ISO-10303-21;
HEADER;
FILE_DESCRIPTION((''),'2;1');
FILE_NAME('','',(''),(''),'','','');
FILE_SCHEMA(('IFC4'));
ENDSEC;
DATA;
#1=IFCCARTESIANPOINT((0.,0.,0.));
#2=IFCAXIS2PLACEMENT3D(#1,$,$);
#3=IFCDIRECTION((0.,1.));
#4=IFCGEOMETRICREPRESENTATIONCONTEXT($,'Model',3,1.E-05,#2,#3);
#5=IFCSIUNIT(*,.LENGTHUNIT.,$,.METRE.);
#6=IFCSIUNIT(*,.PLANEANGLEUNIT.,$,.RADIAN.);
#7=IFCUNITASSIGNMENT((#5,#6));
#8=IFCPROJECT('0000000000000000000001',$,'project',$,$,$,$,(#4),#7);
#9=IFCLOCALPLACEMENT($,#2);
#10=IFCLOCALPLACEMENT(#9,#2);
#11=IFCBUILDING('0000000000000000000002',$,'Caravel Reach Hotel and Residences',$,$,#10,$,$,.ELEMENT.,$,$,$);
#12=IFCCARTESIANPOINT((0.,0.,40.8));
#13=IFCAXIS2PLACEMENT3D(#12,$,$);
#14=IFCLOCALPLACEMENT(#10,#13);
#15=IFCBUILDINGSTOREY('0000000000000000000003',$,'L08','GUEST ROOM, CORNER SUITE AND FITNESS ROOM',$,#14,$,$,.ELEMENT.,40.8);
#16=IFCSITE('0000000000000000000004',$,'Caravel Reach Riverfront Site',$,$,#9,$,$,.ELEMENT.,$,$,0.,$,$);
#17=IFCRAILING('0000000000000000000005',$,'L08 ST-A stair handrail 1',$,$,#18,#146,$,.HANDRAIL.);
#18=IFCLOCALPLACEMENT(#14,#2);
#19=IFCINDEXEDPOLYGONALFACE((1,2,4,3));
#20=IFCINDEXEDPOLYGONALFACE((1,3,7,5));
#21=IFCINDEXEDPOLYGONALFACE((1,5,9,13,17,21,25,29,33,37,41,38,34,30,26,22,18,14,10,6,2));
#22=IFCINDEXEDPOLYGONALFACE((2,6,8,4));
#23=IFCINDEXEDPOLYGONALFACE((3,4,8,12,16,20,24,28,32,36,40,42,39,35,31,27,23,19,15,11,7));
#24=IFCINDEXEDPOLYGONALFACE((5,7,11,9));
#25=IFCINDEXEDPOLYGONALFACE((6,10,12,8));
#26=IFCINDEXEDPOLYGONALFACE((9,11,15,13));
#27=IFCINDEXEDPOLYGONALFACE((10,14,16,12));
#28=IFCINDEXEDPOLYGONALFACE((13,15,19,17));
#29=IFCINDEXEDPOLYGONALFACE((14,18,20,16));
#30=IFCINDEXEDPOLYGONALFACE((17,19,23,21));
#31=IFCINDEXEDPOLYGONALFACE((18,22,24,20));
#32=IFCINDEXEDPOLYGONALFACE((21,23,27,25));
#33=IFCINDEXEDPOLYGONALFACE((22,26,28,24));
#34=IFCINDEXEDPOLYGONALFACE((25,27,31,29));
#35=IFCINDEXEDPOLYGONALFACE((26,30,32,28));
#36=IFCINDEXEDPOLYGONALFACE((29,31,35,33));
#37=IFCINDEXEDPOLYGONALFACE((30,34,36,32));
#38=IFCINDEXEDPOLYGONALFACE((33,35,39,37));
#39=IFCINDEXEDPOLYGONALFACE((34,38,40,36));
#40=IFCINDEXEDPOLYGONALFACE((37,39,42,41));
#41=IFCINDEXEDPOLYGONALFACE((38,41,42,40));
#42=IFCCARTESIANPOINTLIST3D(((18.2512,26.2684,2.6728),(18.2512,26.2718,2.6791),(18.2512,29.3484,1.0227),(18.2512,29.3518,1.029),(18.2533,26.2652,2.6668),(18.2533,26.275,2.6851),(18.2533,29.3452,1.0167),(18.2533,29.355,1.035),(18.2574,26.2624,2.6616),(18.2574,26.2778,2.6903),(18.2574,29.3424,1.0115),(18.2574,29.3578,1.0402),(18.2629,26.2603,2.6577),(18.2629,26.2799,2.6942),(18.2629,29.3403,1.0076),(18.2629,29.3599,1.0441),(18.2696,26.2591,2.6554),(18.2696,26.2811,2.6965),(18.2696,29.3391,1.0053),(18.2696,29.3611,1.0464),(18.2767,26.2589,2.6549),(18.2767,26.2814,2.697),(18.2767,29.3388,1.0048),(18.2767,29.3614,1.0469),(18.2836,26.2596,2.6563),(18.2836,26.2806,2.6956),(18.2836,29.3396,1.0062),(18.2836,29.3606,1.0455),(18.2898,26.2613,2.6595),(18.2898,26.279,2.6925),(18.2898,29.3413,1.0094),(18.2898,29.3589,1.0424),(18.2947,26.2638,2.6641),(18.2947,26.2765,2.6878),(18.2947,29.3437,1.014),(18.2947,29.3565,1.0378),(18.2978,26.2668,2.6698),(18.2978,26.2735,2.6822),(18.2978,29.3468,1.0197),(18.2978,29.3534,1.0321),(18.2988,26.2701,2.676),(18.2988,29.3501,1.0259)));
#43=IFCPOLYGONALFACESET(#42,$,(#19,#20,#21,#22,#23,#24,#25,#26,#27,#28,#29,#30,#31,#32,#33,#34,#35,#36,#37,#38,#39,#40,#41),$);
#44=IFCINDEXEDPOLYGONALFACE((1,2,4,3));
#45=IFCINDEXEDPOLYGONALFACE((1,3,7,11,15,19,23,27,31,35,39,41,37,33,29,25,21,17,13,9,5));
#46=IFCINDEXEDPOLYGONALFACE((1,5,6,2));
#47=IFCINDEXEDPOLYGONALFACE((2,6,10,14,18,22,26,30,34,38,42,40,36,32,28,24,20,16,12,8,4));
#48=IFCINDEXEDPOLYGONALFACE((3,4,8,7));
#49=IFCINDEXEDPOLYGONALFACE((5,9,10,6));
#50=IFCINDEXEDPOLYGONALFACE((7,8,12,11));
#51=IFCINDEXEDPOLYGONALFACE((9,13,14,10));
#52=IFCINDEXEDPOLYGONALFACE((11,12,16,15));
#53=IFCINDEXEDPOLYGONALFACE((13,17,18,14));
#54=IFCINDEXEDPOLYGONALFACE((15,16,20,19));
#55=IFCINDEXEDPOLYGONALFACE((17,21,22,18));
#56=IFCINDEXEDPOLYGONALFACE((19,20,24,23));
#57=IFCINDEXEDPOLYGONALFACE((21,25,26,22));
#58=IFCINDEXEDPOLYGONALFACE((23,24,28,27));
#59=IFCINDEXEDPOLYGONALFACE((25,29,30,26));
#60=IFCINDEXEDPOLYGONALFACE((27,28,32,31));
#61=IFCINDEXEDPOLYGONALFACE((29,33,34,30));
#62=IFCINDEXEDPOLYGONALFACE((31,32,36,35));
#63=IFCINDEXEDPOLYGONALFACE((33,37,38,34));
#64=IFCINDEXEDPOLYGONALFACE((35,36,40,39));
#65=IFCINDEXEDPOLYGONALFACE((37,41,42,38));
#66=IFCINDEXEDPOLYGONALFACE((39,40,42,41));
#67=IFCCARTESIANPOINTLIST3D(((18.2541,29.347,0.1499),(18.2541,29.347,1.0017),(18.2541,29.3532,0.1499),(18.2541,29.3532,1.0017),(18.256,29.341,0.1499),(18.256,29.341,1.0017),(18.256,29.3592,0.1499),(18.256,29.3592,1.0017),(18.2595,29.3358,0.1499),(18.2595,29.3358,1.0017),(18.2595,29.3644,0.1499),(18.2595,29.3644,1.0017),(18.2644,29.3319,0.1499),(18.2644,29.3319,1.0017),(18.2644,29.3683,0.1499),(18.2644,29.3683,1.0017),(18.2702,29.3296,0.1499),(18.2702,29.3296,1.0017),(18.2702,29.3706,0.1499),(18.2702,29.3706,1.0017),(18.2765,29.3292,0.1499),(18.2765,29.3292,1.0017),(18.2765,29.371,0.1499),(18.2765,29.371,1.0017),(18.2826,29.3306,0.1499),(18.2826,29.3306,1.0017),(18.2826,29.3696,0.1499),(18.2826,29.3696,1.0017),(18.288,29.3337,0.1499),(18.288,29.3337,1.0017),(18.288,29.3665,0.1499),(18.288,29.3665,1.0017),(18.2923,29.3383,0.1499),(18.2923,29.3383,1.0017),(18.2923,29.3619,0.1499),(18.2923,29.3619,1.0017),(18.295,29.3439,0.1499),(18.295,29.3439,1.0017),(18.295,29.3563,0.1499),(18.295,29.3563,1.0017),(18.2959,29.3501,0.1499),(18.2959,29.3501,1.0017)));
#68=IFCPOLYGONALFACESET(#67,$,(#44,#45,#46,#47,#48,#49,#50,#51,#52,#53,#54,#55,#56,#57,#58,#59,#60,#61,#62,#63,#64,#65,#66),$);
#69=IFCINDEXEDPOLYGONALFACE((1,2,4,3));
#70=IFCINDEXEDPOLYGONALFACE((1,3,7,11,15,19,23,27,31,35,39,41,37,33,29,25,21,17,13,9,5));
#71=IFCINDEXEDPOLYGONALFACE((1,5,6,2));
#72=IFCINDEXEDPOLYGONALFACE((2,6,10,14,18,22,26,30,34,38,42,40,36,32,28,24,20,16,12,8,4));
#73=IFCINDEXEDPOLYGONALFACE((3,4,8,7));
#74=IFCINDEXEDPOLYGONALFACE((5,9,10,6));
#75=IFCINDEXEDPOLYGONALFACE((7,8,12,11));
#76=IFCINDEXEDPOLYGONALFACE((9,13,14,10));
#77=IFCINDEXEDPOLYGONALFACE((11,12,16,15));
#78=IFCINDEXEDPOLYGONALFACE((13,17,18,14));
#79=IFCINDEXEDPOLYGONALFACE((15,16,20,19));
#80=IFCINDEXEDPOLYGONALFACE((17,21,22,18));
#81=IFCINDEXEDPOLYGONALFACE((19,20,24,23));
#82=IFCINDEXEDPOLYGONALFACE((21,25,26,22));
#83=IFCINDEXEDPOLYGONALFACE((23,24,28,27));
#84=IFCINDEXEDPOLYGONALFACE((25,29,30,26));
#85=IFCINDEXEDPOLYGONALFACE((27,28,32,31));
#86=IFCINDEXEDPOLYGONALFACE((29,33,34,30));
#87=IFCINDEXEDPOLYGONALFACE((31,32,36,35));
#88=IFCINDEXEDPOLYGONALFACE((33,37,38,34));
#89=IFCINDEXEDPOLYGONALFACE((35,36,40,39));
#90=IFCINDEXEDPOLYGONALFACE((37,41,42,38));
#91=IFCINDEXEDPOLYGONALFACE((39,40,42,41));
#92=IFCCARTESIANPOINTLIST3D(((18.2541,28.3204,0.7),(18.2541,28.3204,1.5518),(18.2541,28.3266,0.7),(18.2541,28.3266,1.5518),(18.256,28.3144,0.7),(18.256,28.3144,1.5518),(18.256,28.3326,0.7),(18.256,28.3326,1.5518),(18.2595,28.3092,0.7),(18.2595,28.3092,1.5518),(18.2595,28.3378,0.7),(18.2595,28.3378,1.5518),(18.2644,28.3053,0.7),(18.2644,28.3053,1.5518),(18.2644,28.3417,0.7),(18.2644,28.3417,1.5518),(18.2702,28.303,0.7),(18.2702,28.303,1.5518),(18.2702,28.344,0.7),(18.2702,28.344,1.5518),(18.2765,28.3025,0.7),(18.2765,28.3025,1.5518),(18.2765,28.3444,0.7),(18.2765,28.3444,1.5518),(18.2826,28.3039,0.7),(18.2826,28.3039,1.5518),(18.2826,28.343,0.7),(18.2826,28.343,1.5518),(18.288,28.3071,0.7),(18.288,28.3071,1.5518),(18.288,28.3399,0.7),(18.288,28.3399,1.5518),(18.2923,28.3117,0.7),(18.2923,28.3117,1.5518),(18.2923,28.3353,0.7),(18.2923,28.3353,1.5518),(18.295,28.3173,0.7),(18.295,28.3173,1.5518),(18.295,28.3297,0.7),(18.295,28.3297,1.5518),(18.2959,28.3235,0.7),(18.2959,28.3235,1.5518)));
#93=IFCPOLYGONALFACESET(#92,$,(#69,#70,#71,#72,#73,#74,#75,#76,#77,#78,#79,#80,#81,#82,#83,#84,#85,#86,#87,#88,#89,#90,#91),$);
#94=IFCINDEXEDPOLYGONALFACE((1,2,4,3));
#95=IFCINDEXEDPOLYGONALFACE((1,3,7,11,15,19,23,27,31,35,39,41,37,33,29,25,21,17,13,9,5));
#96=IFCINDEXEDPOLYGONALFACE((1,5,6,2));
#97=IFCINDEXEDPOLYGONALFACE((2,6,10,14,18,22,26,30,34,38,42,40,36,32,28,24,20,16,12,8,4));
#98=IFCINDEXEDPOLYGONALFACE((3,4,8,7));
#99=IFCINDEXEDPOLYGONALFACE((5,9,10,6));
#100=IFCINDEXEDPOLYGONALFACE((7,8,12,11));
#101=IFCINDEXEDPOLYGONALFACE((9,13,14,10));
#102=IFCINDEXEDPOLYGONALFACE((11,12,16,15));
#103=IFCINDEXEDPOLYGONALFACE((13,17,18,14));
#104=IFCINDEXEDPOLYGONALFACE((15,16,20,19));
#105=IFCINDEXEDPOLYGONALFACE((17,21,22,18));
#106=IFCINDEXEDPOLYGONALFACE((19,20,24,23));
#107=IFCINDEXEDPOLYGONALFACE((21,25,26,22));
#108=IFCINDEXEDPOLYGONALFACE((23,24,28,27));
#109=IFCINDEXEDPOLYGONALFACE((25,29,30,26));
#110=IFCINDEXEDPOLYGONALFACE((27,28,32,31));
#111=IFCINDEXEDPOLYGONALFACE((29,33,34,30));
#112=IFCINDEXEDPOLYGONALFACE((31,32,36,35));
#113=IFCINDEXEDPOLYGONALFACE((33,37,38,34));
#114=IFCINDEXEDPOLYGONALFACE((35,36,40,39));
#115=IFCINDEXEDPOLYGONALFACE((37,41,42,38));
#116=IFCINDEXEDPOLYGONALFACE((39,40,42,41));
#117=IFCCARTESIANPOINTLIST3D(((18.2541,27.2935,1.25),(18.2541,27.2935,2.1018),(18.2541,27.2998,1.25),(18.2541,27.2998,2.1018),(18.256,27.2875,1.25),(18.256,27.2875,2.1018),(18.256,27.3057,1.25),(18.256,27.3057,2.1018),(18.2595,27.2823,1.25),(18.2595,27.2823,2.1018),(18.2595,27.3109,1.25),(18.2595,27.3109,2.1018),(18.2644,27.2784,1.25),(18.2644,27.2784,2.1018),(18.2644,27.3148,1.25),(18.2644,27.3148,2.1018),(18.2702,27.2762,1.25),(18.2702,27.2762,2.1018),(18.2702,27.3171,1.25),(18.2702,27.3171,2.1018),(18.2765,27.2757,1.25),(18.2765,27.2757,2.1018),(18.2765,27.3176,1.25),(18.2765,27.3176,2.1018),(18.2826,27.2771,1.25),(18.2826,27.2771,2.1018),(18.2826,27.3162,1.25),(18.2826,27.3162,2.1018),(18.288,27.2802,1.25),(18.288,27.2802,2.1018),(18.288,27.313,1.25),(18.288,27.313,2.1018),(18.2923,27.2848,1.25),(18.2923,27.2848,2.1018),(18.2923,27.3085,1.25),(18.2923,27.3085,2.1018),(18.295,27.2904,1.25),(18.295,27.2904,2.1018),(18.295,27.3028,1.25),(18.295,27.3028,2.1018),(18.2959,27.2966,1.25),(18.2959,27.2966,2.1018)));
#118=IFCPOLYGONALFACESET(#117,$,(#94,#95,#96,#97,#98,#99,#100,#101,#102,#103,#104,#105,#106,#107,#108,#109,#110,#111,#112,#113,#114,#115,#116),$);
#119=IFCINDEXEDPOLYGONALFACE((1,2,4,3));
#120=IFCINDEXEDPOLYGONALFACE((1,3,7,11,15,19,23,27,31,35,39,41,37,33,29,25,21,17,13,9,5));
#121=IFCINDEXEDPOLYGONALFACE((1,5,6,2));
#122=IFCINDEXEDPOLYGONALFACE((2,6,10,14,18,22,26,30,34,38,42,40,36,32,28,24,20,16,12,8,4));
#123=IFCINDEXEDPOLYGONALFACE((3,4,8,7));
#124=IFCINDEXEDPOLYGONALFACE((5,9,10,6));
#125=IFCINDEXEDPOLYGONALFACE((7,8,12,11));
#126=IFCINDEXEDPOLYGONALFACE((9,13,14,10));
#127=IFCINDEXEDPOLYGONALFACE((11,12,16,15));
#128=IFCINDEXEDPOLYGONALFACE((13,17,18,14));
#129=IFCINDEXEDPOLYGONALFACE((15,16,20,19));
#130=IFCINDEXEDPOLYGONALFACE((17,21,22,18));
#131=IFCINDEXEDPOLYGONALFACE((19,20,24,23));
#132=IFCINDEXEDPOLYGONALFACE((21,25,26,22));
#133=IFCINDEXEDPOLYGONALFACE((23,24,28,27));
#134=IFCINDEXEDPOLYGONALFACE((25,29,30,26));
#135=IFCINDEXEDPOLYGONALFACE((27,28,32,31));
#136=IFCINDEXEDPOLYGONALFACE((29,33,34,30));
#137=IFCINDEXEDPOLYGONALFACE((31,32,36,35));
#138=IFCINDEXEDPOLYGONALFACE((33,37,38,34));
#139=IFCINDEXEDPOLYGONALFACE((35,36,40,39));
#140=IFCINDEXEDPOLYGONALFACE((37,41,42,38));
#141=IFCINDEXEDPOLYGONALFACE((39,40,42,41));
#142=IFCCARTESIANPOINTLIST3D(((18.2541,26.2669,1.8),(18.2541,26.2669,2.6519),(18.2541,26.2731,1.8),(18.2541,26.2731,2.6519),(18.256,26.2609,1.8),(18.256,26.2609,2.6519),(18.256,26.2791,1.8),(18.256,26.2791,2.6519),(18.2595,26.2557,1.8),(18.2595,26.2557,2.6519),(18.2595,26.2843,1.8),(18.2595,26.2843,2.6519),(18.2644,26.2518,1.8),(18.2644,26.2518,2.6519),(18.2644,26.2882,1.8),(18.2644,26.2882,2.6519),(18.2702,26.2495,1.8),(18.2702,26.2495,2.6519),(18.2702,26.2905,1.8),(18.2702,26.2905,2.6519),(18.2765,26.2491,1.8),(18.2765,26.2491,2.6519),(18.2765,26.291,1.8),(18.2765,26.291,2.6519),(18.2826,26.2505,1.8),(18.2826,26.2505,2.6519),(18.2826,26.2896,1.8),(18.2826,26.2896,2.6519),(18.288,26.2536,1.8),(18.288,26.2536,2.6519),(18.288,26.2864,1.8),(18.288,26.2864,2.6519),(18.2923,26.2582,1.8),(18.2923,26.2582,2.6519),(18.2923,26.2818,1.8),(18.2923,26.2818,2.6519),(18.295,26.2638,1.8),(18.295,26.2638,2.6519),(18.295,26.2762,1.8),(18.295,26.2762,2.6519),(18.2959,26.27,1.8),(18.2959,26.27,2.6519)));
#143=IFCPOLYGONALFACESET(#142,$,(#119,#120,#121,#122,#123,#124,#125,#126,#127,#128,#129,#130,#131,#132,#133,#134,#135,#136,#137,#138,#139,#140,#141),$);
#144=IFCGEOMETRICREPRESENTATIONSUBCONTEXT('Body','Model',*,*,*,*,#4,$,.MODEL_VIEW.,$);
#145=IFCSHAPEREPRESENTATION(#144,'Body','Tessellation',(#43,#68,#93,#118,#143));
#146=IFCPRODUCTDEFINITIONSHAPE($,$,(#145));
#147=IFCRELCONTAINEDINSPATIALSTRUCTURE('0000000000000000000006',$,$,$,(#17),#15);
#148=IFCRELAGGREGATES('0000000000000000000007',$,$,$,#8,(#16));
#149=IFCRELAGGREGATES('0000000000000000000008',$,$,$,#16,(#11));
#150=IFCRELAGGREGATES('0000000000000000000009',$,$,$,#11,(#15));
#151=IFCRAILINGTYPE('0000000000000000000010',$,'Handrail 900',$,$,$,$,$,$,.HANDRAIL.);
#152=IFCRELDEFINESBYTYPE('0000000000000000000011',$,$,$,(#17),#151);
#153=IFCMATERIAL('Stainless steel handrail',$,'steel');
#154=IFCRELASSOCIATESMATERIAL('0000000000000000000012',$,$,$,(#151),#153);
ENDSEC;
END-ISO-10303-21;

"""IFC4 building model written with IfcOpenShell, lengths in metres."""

from ifc_helpers import new_model, si_unit, direction, frame, origin, origin_2d, place, context, subcontext, project, spatial, circle, extrude, material, type_object, element, save


model = new_model("IFC4")

# Units and contexts
model_context = context("Model", 3, precision=1e-05, world=origin(), true_north=direction((0.0, 1.0)))
body_context = subcontext(model_context, "Body", "Model", "MODEL_VIEW")
ifc_project = project(units=[si_unit("LENGTHUNIT", "METRE"), si_unit("PLANEANGLEUNIT", "RADIAN")], contexts=[model_context])

# Site, building, storey
site_placement = place(None, origin())
site = spatial("IfcSite", under=ifc_project, at=site_placement, Name="Caravel Reach Riverfront Site", CompositionType="ELEMENT", RefElevation=0.0)
building_placement = place(site_placement, origin())
building = spatial("IfcBuilding", under=site, at=building_placement, Name="Caravel Reach Hotel and Residences", CompositionType="ELEMENT")
storey_placement = place(building_placement, frame((0.0, 0.0, 40.8)))
storey = spatial("IfcBuildingStorey", under=building, at=storey_placement, Name="L08", Description="GUEST ROOM, CORNER SUITE AND FITNESS ROOM", CompositionType="ELEMENT", Elevation=40.8)

# Railing
ifc_material_1 = material(Name="Stainless steel handrail", Category="steel")
railing_type_1 = type_object("IfcRailingType", Name="Handrail 900", PredefinedType="HANDRAIL", material=ifc_material_1)
railing_1_placement = place(storey_placement, frame((18.2749, 29.3501, 0.1499)))
element("IfcRailing", 1, at=railing_1_placement, inside=storey, type_object=railing_type_1, Name="L08 ST-A stair handrail 1", PredefinedType="HANDRAIL", context=body_context, shape_type="SweptSolid", body=[
    extrude(circle(Radius=0.0239, at=origin_2d()), frame((0.0, 0.0, 0.876), z_axis=(0.0, -0.881468, 0.472245), x_axis=(1.0, 0.0, 0.0)), (0.0, 0.0, 1.0), 3.4941),
    extrude(circle(Radius=0.021, at=origin_2d()), origin(), (0.0, 0.0, 1.0), 0.8518),
    extrude(circle(Radius=0.021, at=origin_2d()), frame((0.0, -1.0266, 0.55)), (0.0, 0.0, 1.0), 0.8518),
    extrude(circle(Radius=0.021, at=origin_2d()), frame((0.0, -2.0535, 1.1001)), (0.0, 0.0, 1.0), 0.8518),
    extrude(circle(Radius=0.021, at=origin_2d()), frame((0.0, -3.0801, 1.6501)), (0.0, 0.0, 1.0), 0.8518),
])

save(model, "model.ifc")
